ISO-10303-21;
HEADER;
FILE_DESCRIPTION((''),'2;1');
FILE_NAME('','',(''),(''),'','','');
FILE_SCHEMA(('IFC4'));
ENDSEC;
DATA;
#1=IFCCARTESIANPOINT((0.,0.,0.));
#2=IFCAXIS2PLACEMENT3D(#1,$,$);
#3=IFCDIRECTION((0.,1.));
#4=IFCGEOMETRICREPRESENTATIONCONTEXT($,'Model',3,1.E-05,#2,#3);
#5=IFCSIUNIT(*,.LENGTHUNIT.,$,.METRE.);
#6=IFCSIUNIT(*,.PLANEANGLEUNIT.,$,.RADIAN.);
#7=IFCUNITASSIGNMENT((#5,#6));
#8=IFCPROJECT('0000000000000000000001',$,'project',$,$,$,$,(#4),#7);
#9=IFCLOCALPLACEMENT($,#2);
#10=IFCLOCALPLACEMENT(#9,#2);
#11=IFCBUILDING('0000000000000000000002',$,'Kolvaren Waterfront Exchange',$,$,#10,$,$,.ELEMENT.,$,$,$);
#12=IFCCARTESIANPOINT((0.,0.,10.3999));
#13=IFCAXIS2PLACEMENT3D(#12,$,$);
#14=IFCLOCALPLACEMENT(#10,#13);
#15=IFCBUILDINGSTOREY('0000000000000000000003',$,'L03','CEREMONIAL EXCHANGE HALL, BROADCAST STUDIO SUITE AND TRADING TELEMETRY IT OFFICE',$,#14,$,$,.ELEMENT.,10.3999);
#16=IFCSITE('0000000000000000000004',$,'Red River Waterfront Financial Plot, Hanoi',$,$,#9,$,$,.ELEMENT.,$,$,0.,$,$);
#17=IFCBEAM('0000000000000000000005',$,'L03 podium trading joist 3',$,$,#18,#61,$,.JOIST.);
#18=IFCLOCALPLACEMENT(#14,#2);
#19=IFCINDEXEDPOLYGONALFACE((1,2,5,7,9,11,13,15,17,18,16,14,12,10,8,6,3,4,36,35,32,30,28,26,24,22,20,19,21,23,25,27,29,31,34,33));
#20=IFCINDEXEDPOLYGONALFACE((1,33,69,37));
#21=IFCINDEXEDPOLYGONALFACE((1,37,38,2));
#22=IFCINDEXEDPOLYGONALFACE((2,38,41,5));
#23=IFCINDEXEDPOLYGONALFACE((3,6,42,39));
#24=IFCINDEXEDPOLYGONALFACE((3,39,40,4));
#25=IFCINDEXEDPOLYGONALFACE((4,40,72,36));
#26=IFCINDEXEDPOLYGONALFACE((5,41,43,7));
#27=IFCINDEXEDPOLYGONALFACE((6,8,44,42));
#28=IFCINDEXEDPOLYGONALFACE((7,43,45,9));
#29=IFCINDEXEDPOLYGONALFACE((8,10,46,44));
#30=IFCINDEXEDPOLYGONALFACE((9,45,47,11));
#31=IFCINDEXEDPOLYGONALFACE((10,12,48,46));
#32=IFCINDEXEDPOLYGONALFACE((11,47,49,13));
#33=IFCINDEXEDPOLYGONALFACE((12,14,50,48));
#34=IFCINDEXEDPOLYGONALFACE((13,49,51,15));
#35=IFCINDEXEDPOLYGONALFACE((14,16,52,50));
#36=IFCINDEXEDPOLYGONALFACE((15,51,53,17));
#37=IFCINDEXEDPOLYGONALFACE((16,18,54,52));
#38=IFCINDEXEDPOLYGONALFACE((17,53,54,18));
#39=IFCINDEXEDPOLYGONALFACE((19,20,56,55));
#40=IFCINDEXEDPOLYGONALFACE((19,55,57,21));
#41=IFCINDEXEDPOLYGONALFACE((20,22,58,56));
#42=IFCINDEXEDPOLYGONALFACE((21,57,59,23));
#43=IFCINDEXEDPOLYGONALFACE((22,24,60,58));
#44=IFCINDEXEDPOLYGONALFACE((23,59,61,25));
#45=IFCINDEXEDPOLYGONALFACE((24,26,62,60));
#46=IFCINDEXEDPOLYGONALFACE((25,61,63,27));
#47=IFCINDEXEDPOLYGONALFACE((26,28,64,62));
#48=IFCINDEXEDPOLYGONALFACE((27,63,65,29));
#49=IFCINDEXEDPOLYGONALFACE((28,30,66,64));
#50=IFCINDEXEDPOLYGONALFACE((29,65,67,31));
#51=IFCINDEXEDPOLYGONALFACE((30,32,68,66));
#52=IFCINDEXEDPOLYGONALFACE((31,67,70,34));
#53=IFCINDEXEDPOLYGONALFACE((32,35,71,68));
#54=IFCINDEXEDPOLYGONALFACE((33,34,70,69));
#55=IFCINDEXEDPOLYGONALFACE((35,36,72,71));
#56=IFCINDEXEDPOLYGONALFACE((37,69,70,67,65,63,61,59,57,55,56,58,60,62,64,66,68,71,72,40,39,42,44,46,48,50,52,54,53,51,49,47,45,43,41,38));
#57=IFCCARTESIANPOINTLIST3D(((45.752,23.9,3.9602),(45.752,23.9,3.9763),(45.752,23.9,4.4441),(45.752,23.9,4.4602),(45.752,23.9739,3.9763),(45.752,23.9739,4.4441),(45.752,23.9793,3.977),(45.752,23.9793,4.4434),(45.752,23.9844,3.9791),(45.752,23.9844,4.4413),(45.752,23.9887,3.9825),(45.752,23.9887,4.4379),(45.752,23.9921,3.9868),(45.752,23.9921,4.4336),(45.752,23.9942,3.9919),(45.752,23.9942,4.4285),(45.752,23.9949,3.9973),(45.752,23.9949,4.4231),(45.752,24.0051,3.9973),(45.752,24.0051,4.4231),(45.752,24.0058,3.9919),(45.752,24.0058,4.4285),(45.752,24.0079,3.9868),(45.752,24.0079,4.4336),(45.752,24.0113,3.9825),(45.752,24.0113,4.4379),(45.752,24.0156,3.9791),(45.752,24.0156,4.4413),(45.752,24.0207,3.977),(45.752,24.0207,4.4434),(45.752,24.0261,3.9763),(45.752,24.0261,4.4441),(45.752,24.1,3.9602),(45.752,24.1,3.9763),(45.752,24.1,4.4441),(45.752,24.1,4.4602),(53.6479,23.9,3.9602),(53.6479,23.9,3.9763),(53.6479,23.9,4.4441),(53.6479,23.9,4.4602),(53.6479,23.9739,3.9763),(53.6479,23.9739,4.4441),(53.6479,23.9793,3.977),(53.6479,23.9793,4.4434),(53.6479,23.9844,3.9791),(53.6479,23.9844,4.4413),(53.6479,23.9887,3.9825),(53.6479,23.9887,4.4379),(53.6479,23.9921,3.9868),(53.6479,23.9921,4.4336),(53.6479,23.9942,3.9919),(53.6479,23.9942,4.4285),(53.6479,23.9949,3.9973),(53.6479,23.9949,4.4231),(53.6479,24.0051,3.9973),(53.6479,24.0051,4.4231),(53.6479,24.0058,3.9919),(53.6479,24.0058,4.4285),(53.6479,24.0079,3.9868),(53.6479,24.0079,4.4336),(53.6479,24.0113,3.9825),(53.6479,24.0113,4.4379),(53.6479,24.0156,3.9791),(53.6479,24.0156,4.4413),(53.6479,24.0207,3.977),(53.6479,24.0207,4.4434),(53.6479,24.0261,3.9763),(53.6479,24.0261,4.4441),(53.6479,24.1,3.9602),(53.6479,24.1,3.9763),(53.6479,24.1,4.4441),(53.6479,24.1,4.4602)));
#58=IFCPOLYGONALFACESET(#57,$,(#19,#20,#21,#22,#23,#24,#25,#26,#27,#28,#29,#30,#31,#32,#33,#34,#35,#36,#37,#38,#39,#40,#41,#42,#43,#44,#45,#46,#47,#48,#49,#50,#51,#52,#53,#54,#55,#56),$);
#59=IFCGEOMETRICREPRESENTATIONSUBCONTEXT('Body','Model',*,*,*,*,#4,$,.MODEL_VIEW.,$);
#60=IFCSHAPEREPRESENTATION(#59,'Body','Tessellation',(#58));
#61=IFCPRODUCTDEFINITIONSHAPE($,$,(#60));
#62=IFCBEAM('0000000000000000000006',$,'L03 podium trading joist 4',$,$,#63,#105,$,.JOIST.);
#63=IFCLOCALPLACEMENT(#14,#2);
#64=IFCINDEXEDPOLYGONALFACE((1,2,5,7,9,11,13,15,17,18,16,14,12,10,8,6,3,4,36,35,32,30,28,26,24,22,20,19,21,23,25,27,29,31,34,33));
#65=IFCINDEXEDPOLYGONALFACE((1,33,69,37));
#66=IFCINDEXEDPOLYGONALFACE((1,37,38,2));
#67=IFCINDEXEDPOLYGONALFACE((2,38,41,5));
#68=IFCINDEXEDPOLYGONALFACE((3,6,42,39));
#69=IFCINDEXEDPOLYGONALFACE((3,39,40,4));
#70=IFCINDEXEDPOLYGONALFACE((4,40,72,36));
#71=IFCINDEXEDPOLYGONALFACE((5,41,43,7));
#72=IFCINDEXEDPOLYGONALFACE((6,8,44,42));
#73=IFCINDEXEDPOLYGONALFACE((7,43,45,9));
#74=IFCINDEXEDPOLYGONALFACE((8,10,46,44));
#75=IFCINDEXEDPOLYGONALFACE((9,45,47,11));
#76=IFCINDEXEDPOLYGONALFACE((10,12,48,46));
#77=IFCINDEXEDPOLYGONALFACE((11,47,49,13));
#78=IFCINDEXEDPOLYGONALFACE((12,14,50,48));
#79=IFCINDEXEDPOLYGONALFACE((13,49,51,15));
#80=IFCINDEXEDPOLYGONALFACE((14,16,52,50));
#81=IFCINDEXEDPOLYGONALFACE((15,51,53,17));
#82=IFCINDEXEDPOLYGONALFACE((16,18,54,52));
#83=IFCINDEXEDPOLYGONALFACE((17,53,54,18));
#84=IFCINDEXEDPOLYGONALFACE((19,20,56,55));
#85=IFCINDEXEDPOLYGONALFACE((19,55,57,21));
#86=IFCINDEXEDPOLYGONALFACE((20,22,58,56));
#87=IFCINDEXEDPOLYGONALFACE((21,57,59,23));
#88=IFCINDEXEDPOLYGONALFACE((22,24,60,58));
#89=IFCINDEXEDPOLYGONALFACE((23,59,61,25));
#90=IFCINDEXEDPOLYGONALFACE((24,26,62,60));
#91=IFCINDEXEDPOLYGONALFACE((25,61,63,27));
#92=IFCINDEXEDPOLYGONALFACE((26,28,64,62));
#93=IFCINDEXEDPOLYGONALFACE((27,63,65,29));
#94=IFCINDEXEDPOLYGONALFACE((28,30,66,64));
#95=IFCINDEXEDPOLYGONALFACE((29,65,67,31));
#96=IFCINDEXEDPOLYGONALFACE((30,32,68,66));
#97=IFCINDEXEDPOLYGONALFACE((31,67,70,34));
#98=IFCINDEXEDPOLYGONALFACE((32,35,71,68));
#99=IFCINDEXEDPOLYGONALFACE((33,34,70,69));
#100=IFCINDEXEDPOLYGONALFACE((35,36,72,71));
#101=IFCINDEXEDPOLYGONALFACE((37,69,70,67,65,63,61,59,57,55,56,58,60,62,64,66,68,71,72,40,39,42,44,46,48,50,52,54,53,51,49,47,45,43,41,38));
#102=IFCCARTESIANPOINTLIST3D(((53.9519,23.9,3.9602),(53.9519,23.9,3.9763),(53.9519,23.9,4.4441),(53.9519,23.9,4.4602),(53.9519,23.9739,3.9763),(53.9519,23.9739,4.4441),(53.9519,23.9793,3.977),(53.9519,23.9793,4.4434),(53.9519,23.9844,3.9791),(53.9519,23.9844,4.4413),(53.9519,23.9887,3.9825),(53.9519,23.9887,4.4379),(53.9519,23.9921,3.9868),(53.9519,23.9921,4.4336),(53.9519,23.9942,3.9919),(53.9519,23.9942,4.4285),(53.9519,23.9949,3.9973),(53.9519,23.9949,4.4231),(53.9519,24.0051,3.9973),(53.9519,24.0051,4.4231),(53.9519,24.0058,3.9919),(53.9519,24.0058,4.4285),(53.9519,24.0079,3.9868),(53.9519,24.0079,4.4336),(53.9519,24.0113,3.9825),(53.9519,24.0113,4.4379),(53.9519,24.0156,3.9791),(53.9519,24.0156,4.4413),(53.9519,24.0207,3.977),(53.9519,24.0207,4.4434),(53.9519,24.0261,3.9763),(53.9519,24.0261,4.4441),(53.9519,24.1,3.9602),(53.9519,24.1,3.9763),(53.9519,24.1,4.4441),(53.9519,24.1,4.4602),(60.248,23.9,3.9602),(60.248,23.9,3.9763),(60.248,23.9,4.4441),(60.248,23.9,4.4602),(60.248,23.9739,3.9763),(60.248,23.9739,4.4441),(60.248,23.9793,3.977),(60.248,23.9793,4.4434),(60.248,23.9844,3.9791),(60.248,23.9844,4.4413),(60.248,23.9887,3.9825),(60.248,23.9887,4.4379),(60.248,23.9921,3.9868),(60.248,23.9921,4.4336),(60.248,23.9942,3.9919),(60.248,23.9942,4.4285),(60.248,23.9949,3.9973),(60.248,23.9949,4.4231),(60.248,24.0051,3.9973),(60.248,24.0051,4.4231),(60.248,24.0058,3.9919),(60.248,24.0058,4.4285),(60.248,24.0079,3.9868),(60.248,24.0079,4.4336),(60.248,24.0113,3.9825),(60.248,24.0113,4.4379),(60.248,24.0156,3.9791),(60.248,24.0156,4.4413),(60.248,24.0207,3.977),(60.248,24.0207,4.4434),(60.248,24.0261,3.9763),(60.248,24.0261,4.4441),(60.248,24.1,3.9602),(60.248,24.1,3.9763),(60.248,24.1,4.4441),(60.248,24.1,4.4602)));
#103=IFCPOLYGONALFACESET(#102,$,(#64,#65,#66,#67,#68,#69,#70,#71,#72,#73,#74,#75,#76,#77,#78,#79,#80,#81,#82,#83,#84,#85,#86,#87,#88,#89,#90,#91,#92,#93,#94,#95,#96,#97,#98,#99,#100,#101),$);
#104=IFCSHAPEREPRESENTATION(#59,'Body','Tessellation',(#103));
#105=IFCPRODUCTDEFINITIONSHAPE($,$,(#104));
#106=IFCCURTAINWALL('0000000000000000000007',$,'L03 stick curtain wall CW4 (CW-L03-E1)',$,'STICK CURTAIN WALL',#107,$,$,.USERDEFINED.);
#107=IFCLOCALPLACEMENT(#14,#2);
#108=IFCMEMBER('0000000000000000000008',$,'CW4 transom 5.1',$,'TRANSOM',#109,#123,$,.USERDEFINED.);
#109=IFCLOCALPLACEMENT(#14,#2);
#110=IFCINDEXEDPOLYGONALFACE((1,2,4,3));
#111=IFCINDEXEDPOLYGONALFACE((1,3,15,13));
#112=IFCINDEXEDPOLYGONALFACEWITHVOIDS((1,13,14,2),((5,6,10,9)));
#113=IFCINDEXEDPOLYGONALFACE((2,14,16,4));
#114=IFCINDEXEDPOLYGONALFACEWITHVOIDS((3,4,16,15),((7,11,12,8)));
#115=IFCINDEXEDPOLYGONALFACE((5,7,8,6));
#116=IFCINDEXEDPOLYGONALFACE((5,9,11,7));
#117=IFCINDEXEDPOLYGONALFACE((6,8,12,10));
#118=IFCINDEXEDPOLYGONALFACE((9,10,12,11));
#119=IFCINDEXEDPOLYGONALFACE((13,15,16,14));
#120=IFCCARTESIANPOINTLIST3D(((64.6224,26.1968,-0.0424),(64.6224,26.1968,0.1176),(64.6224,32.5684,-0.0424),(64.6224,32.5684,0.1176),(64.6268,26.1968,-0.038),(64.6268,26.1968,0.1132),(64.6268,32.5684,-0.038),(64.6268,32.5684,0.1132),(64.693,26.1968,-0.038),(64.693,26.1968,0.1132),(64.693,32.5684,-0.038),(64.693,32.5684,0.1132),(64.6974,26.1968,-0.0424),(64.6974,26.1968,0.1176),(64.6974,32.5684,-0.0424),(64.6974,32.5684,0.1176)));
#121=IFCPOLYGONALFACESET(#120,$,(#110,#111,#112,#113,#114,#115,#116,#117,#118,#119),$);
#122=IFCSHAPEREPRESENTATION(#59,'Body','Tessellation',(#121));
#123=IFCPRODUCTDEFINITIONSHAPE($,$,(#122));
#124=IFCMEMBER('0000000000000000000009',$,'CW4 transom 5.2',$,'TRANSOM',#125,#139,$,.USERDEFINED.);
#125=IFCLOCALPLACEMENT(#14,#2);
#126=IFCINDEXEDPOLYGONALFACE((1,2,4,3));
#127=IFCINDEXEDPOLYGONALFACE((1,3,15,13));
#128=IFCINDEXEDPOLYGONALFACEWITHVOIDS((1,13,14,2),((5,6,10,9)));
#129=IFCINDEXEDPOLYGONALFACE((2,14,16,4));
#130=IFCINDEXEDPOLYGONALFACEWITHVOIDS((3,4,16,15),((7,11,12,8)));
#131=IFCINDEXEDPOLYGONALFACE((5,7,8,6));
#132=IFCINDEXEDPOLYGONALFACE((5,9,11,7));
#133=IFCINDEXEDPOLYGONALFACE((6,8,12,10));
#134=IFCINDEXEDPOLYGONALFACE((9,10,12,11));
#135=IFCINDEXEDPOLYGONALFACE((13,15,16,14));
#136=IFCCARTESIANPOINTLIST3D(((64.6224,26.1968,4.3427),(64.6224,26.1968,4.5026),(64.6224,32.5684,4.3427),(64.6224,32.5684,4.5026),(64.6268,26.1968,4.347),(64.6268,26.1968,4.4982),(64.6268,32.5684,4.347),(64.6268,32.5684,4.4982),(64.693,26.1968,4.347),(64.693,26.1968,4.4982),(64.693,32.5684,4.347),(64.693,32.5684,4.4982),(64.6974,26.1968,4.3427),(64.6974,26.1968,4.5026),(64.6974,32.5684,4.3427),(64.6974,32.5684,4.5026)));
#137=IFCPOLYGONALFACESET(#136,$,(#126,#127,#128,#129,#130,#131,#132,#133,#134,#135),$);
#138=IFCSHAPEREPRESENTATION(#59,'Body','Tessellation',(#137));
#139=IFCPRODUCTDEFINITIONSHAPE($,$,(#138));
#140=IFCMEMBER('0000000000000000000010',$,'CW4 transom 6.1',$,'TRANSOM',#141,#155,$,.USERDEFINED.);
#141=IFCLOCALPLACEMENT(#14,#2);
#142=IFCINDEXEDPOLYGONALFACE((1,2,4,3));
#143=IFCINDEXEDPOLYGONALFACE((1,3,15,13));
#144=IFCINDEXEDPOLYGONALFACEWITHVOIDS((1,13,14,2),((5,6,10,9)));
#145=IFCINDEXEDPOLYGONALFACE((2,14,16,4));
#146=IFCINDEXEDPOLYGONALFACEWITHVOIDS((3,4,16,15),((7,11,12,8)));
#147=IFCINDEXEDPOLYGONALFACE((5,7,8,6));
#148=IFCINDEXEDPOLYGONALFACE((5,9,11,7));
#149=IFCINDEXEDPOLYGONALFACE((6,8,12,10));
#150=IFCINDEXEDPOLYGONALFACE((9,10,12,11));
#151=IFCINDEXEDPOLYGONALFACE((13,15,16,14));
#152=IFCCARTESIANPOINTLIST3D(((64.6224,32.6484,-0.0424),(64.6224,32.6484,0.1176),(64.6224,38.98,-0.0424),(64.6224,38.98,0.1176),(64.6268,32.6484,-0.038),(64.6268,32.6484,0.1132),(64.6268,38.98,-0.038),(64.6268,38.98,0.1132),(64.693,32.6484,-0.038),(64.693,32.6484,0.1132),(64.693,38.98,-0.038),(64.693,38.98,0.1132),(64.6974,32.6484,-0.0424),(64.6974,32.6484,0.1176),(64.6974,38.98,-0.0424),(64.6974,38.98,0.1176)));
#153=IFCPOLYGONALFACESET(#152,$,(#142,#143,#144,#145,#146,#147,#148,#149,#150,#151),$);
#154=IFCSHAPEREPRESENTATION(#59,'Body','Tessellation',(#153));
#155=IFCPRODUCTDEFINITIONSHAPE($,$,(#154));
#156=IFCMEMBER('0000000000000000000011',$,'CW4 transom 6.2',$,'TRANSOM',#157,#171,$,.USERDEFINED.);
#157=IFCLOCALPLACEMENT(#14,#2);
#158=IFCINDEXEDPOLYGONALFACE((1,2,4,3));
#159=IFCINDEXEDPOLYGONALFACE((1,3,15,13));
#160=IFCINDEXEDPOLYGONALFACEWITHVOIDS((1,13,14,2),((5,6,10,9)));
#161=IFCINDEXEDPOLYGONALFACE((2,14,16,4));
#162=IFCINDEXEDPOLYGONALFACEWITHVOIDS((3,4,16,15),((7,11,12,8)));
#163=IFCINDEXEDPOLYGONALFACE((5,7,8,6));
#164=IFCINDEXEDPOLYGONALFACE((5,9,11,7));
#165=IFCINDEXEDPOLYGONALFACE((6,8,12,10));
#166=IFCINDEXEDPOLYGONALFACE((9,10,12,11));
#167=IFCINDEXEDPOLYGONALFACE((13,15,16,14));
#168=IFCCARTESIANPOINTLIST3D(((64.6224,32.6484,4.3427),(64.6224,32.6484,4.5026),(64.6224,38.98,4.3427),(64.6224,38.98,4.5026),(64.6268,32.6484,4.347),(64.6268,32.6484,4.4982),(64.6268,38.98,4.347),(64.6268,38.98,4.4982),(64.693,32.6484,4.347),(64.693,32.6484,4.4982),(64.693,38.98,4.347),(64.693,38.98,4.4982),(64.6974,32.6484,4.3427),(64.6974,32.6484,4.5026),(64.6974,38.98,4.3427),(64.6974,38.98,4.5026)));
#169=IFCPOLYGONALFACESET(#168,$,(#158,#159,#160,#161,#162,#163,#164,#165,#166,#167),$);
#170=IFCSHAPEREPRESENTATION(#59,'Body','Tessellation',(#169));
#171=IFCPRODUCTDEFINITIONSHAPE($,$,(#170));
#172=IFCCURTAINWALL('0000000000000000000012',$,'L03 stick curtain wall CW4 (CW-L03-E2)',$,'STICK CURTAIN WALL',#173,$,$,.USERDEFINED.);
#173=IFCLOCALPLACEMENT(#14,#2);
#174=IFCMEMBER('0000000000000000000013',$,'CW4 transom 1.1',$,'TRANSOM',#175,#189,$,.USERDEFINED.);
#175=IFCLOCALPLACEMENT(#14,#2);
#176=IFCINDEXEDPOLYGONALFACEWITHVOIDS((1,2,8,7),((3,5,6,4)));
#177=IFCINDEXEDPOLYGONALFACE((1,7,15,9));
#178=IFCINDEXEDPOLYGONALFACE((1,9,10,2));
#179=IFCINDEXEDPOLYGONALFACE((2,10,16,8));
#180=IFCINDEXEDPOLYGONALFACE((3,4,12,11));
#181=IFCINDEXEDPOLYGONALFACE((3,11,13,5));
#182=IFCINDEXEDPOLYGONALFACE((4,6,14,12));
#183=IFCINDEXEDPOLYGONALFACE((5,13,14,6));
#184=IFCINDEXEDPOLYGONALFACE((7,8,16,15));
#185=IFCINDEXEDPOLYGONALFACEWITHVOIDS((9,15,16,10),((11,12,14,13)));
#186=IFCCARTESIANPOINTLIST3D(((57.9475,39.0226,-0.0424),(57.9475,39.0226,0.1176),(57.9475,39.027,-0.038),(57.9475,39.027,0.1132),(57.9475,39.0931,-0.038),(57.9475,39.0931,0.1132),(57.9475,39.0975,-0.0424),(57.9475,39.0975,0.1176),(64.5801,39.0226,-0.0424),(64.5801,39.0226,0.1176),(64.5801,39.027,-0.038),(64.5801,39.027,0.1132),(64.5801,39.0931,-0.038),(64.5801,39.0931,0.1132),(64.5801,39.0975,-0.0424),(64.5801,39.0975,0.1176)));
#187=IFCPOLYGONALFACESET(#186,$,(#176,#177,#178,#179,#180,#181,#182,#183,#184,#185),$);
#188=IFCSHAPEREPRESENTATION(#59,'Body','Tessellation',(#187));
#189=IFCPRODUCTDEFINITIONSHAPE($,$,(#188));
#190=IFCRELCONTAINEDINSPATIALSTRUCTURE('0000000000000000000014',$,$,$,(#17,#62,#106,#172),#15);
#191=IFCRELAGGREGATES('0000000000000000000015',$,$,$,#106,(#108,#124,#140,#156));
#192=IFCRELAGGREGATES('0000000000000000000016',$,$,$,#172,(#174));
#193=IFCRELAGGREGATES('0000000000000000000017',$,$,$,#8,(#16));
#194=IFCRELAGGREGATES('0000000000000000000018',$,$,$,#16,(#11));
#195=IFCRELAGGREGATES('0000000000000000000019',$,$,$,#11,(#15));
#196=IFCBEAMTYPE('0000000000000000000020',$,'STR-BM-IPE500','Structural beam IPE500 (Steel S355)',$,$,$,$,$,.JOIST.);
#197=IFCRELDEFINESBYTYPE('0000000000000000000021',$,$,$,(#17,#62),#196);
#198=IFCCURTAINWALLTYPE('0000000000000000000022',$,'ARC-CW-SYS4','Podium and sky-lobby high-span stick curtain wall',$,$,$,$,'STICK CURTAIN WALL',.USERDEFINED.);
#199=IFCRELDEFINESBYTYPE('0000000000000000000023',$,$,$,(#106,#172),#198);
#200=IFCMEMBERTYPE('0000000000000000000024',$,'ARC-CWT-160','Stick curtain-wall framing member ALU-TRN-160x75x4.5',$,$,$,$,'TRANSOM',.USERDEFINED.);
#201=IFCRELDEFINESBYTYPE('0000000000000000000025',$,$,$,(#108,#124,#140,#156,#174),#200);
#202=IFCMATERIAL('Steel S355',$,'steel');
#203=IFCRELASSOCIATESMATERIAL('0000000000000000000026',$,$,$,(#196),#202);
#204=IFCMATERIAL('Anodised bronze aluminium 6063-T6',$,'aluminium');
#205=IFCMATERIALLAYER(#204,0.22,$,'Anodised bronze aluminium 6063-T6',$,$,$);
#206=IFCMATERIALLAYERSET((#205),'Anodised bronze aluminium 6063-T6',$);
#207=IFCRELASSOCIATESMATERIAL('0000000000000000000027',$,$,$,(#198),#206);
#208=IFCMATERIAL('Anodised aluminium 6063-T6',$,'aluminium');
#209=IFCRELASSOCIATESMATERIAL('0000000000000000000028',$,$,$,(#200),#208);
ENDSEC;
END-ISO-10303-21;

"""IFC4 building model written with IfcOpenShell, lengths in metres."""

from ifc_helpers import new_model, si_unit, direction, frame, origin, origin_with_axes, origin_2d, place, context, subcontext, project, spatial, hollow_rectangle, i_section, extrude, source, transform, mapped, material, layer, layer_set, material_profile, profile_set, type_object, element, aggregate, save


model = new_model("IFC4")

# Units and contexts
model_context = context("Model", 3, precision=1e-05, world=origin(), true_north=direction((0.0, 1.0)))
body_context = subcontext(model_context, "Body", "Model", "MODEL_VIEW")
ifc_project = project(units=[si_unit("LENGTHUNIT", "METRE"), si_unit("PLANEANGLEUNIT", "RADIAN")], contexts=[model_context])

# Site, building, storey
site_placement = place(None, origin())
site = spatial("IfcSite", under=ifc_project, at=site_placement, Name="Red River Waterfront Financial Plot, Hanoi", CompositionType="ELEMENT", RefElevation=0.0)
building_placement = place(site_placement, origin())
building = spatial("IfcBuilding", under=site, at=building_placement, Name="Kolvaren Waterfront Exchange", CompositionType="ELEMENT")
storey_placement = place(building_placement, frame((0.0, 0.0, 10.3999)))
storey = spatial("IfcBuildingStorey", under=building, at=storey_placement, Name="L03", Description="CEREMONIAL EXCHANGE HALL, BROADCAST STUDIO SUITE AND TRADING TELEMETRY IT OFFICE", CompositionType="ELEMENT", Elevation=10.3999)

# Beams
ifc_material_1 = material(Name="Steel S355", Category="steel")
ifc_material_profile_1 = material_profile(ifc_material_1, i_section(OverallWidth=0.2, OverallDepth=0.5, WebThickness=0.0103, FlangeThickness=0.0161, FilletRadius=0.021, at=origin_2d()), Name="IPE500")
ifc_profile_set_1 = profile_set([ifc_material_profile_1], Name="Steel S355")
beam_type_1 = type_object("IfcBeamType", Name="STR-BM-IPE500", Description="Structural beam IPE500 (Steel S355)", PredefinedType="JOIST", material=ifc_profile_set_1)
beam_1_placement = place(storey_placement, frame((45.752, 24.0, 4.2102), z_axis=(1.0, 0.0, 0.0), x_axis=(0.0, 1.0, 0.0)))
element("IfcBeam", 1, at=beam_1_placement, inside=storey, type_object=beam_type_1, Name="L03 podium trading joist 3", PredefinedType="JOIST", context=body_context, shape_type="SweptSolid", body=[
    extrude(i_section(OverallWidth=0.2, OverallDepth=0.5, WebThickness=0.0103, FlangeThickness=0.0161, FilletRadius=0.021, at=origin_2d()), origin(), (0.0, 0.0, 1.0), 7.896),
])
beam_2_placement = place(storey_placement, frame((53.9519, 24.0, 4.2102), z_axis=(1.0, 0.0, 0.0), x_axis=(0.0, 1.0, 0.0)))
element("IfcBeam", 2, at=beam_2_placement, inside=storey, type_object=beam_type_1, Name="L03 podium trading joist 4", PredefinedType="JOIST", context=body_context, shape_type="SweptSolid", body=[
    extrude(i_section(OverallWidth=0.2, OverallDepth=0.5, WebThickness=0.0103, FlangeThickness=0.0161, FilletRadius=0.021, at=origin_2d()), origin(), (0.0, 0.0, 1.0), 6.2961),
])

# Curtain walls, members
ifc_material_2 = material(Name="Anodised bronze aluminium 6063-T6", Category="aluminium")
ifc_layer_1 = layer(ifc_material_2, 0.22, Name="Anodised bronze aluminium 6063-T6")
ifc_layer_set_1 = layer_set([ifc_layer_1], Name="Anodised bronze aluminium 6063-T6")
curtain_wall_type = type_object("IfcCurtainWallType", Name="ARC-CW-SYS4", Description="Podium and sky-lobby high-span stick curtain wall", ElementType="STICK CURTAIN WALL", PredefinedType="USERDEFINED", material=ifc_layer_set_1)
curtain_wall_1_placement = place(storey_placement, origin())
curtain_wall_1 = element("IfcCurtainWall", 3, at=curtain_wall_1_placement, inside=storey, type_object=curtain_wall_type, Name="L03 stick curtain wall CW4 (CW-L03-E1)", ObjectType="STICK CURTAIN WALL", PredefinedType="USERDEFINED")
ifc_material_3 = material(Name="Anodised aluminium 6063-T6", Category="aluminium")
ifc_material_profile_2 = material_profile(ifc_material_3, hollow_rectangle(XDim=0.075, YDim=0.1599, WallThickness=0.0044, at=origin_2d()), Name="ALU-TRN-160x75x4.5")
ifc_profile_set_2 = profile_set([ifc_material_profile_2], Name="Anodised aluminium 6063-T6")
member_type_1 = type_object("IfcMemberType", Name="ARC-CWT-160", Description="Stick curtain-wall framing member ALU-TRN-160x75x4.5", ElementType="TRANSOM", PredefinedType="USERDEFINED", material=ifc_profile_set_2)
shared_shape_1 = source(origin_with_axes(), body_context, "Body", "SweptSolid", [
    extrude(hollow_rectangle(XDim=0.075, YDim=0.1599, WallThickness=0.0044, at=origin_2d()), origin(), (0.0, 0.0, 1.0), 6.3716),
])
member_1_placement = place(storey_placement, frame((64.6599, 26.1968, 0.0376), z_axis=(0.0, 1.0, 0.0), x_axis=(-1.0, 0.0, 0.0)))
member_1 = element("IfcMember", 4, at=member_1_placement, type_object=member_type_1, Name="CW4 transom 5.1", ObjectType="TRANSOM", PredefinedType="USERDEFINED", context=body_context, shape_type="MappedRepresentation", body=[
    mapped(shared_shape_1, transform((0.0, 0.0, 0.0), x_axis=(1.0, 0.0, 0.0), y_axis=(0.0, 1.0, 0.0), z_axis=(0.0, 0.0, 1.0), scale=1.0)),
])
member_2_placement = place(storey_placement, frame((64.6599, 26.1968, 4.4226), z_axis=(0.0, 1.0, 0.0), x_axis=(-1.0, 0.0, 0.0)))
member_2 = element("IfcMember", 5, at=member_2_placement, type_object=member_type_1, Name="CW4 transom 5.2", ObjectType="TRANSOM", PredefinedType="USERDEFINED", context=body_context, shape_type="MappedRepresentation", body=[
    mapped(shared_shape_1, transform((0.0, 0.0, 0.0), x_axis=(1.0, 0.0, 0.0), y_axis=(0.0, 1.0, 0.0), z_axis=(0.0, 0.0, 1.0), scale=1.0)),
])
shared_shape_2 = source(origin_with_axes(), body_context, "Body", "SweptSolid", [
    extrude(hollow_rectangle(XDim=0.075, YDim=0.1599, WallThickness=0.0044, at=origin_2d()), origin(), (0.0, 0.0, 1.0), 6.3315),
])
member_3_placement = place(storey_placement, frame((64.6599, 32.6484, 0.0376), z_axis=(0.0, 1.0, 0.0), x_axis=(-1.0, 0.0, 0.0)))
member_3 = element("IfcMember", 6, at=member_3_placement, type_object=member_type_1, Name="CW4 transom 6.1", ObjectType="TRANSOM", PredefinedType="USERDEFINED", context=body_context, shape_type="MappedRepresentation", body=[
    mapped(shared_shape_2, transform((0.0, 0.0, 0.0), x_axis=(1.0, 0.0, 0.0), y_axis=(0.0, 1.0, 0.0), z_axis=(0.0, 0.0, 1.0), scale=1.0)),
])
member_4_placement = place(storey_placement, frame((64.6599, 32.6484, 4.4226), z_axis=(0.0, 1.0, 0.0), x_axis=(-1.0, 0.0, 0.0)))
member_4 = element("IfcMember", 7, at=member_4_placement, type_object=member_type_1, Name="CW4 transom 6.2", ObjectType="TRANSOM", PredefinedType="USERDEFINED", context=body_context, shape_type="MappedRepresentation", body=[
    mapped(shared_shape_2, transform((0.0, 0.0, 0.0), x_axis=(1.0, 0.0, 0.0), y_axis=(0.0, 1.0, 0.0), z_axis=(0.0, 0.0, 1.0), scale=1.0)),
])
curtain_wall_2_placement = place(storey_placement, origin())
curtain_wall_2 = element("IfcCurtainWall", 8, at=curtain_wall_2_placement, inside=storey, type_object=curtain_wall_type, Name="L03 stick curtain wall CW4 (CW-L03-E2)", ObjectType="STICK CURTAIN WALL", PredefinedType="USERDEFINED")
shared_shape_3 = source(origin_with_axes(), body_context, "Body", "SweptSolid", [
    extrude(hollow_rectangle(XDim=0.075, YDim=0.1599, WallThickness=0.0044, at=origin_2d()), origin(), (0.0, 0.0, 1.0), 6.6326),
])
member_5_placement = place(storey_placement, frame((64.5801, 39.0601, 0.0376), z_axis=(-1.0, 0.0, 0.0), x_axis=(0.0, -1.0, 0.0)))
member_5 = element("IfcMember", 9, at=member_5_placement, type_object=member_type_1, Name="CW4 transom 1.1", ObjectType="TRANSOM", PredefinedType="USERDEFINED", context=body_context, shape_type="MappedRepresentation", body=[
    mapped(shared_shape_3, transform((0.0, 0.0, 0.0), x_axis=(1.0, 0.0, 0.0), y_axis=(0.0, 1.0, 0.0), z_axis=(0.0, 0.0, 1.0), scale=1.0)),
])

aggregate(curtain_wall_1, [member_1, member_2, member_3, member_4])
aggregate(curtain_wall_2, [member_5])

save(model, "model.ifc")
